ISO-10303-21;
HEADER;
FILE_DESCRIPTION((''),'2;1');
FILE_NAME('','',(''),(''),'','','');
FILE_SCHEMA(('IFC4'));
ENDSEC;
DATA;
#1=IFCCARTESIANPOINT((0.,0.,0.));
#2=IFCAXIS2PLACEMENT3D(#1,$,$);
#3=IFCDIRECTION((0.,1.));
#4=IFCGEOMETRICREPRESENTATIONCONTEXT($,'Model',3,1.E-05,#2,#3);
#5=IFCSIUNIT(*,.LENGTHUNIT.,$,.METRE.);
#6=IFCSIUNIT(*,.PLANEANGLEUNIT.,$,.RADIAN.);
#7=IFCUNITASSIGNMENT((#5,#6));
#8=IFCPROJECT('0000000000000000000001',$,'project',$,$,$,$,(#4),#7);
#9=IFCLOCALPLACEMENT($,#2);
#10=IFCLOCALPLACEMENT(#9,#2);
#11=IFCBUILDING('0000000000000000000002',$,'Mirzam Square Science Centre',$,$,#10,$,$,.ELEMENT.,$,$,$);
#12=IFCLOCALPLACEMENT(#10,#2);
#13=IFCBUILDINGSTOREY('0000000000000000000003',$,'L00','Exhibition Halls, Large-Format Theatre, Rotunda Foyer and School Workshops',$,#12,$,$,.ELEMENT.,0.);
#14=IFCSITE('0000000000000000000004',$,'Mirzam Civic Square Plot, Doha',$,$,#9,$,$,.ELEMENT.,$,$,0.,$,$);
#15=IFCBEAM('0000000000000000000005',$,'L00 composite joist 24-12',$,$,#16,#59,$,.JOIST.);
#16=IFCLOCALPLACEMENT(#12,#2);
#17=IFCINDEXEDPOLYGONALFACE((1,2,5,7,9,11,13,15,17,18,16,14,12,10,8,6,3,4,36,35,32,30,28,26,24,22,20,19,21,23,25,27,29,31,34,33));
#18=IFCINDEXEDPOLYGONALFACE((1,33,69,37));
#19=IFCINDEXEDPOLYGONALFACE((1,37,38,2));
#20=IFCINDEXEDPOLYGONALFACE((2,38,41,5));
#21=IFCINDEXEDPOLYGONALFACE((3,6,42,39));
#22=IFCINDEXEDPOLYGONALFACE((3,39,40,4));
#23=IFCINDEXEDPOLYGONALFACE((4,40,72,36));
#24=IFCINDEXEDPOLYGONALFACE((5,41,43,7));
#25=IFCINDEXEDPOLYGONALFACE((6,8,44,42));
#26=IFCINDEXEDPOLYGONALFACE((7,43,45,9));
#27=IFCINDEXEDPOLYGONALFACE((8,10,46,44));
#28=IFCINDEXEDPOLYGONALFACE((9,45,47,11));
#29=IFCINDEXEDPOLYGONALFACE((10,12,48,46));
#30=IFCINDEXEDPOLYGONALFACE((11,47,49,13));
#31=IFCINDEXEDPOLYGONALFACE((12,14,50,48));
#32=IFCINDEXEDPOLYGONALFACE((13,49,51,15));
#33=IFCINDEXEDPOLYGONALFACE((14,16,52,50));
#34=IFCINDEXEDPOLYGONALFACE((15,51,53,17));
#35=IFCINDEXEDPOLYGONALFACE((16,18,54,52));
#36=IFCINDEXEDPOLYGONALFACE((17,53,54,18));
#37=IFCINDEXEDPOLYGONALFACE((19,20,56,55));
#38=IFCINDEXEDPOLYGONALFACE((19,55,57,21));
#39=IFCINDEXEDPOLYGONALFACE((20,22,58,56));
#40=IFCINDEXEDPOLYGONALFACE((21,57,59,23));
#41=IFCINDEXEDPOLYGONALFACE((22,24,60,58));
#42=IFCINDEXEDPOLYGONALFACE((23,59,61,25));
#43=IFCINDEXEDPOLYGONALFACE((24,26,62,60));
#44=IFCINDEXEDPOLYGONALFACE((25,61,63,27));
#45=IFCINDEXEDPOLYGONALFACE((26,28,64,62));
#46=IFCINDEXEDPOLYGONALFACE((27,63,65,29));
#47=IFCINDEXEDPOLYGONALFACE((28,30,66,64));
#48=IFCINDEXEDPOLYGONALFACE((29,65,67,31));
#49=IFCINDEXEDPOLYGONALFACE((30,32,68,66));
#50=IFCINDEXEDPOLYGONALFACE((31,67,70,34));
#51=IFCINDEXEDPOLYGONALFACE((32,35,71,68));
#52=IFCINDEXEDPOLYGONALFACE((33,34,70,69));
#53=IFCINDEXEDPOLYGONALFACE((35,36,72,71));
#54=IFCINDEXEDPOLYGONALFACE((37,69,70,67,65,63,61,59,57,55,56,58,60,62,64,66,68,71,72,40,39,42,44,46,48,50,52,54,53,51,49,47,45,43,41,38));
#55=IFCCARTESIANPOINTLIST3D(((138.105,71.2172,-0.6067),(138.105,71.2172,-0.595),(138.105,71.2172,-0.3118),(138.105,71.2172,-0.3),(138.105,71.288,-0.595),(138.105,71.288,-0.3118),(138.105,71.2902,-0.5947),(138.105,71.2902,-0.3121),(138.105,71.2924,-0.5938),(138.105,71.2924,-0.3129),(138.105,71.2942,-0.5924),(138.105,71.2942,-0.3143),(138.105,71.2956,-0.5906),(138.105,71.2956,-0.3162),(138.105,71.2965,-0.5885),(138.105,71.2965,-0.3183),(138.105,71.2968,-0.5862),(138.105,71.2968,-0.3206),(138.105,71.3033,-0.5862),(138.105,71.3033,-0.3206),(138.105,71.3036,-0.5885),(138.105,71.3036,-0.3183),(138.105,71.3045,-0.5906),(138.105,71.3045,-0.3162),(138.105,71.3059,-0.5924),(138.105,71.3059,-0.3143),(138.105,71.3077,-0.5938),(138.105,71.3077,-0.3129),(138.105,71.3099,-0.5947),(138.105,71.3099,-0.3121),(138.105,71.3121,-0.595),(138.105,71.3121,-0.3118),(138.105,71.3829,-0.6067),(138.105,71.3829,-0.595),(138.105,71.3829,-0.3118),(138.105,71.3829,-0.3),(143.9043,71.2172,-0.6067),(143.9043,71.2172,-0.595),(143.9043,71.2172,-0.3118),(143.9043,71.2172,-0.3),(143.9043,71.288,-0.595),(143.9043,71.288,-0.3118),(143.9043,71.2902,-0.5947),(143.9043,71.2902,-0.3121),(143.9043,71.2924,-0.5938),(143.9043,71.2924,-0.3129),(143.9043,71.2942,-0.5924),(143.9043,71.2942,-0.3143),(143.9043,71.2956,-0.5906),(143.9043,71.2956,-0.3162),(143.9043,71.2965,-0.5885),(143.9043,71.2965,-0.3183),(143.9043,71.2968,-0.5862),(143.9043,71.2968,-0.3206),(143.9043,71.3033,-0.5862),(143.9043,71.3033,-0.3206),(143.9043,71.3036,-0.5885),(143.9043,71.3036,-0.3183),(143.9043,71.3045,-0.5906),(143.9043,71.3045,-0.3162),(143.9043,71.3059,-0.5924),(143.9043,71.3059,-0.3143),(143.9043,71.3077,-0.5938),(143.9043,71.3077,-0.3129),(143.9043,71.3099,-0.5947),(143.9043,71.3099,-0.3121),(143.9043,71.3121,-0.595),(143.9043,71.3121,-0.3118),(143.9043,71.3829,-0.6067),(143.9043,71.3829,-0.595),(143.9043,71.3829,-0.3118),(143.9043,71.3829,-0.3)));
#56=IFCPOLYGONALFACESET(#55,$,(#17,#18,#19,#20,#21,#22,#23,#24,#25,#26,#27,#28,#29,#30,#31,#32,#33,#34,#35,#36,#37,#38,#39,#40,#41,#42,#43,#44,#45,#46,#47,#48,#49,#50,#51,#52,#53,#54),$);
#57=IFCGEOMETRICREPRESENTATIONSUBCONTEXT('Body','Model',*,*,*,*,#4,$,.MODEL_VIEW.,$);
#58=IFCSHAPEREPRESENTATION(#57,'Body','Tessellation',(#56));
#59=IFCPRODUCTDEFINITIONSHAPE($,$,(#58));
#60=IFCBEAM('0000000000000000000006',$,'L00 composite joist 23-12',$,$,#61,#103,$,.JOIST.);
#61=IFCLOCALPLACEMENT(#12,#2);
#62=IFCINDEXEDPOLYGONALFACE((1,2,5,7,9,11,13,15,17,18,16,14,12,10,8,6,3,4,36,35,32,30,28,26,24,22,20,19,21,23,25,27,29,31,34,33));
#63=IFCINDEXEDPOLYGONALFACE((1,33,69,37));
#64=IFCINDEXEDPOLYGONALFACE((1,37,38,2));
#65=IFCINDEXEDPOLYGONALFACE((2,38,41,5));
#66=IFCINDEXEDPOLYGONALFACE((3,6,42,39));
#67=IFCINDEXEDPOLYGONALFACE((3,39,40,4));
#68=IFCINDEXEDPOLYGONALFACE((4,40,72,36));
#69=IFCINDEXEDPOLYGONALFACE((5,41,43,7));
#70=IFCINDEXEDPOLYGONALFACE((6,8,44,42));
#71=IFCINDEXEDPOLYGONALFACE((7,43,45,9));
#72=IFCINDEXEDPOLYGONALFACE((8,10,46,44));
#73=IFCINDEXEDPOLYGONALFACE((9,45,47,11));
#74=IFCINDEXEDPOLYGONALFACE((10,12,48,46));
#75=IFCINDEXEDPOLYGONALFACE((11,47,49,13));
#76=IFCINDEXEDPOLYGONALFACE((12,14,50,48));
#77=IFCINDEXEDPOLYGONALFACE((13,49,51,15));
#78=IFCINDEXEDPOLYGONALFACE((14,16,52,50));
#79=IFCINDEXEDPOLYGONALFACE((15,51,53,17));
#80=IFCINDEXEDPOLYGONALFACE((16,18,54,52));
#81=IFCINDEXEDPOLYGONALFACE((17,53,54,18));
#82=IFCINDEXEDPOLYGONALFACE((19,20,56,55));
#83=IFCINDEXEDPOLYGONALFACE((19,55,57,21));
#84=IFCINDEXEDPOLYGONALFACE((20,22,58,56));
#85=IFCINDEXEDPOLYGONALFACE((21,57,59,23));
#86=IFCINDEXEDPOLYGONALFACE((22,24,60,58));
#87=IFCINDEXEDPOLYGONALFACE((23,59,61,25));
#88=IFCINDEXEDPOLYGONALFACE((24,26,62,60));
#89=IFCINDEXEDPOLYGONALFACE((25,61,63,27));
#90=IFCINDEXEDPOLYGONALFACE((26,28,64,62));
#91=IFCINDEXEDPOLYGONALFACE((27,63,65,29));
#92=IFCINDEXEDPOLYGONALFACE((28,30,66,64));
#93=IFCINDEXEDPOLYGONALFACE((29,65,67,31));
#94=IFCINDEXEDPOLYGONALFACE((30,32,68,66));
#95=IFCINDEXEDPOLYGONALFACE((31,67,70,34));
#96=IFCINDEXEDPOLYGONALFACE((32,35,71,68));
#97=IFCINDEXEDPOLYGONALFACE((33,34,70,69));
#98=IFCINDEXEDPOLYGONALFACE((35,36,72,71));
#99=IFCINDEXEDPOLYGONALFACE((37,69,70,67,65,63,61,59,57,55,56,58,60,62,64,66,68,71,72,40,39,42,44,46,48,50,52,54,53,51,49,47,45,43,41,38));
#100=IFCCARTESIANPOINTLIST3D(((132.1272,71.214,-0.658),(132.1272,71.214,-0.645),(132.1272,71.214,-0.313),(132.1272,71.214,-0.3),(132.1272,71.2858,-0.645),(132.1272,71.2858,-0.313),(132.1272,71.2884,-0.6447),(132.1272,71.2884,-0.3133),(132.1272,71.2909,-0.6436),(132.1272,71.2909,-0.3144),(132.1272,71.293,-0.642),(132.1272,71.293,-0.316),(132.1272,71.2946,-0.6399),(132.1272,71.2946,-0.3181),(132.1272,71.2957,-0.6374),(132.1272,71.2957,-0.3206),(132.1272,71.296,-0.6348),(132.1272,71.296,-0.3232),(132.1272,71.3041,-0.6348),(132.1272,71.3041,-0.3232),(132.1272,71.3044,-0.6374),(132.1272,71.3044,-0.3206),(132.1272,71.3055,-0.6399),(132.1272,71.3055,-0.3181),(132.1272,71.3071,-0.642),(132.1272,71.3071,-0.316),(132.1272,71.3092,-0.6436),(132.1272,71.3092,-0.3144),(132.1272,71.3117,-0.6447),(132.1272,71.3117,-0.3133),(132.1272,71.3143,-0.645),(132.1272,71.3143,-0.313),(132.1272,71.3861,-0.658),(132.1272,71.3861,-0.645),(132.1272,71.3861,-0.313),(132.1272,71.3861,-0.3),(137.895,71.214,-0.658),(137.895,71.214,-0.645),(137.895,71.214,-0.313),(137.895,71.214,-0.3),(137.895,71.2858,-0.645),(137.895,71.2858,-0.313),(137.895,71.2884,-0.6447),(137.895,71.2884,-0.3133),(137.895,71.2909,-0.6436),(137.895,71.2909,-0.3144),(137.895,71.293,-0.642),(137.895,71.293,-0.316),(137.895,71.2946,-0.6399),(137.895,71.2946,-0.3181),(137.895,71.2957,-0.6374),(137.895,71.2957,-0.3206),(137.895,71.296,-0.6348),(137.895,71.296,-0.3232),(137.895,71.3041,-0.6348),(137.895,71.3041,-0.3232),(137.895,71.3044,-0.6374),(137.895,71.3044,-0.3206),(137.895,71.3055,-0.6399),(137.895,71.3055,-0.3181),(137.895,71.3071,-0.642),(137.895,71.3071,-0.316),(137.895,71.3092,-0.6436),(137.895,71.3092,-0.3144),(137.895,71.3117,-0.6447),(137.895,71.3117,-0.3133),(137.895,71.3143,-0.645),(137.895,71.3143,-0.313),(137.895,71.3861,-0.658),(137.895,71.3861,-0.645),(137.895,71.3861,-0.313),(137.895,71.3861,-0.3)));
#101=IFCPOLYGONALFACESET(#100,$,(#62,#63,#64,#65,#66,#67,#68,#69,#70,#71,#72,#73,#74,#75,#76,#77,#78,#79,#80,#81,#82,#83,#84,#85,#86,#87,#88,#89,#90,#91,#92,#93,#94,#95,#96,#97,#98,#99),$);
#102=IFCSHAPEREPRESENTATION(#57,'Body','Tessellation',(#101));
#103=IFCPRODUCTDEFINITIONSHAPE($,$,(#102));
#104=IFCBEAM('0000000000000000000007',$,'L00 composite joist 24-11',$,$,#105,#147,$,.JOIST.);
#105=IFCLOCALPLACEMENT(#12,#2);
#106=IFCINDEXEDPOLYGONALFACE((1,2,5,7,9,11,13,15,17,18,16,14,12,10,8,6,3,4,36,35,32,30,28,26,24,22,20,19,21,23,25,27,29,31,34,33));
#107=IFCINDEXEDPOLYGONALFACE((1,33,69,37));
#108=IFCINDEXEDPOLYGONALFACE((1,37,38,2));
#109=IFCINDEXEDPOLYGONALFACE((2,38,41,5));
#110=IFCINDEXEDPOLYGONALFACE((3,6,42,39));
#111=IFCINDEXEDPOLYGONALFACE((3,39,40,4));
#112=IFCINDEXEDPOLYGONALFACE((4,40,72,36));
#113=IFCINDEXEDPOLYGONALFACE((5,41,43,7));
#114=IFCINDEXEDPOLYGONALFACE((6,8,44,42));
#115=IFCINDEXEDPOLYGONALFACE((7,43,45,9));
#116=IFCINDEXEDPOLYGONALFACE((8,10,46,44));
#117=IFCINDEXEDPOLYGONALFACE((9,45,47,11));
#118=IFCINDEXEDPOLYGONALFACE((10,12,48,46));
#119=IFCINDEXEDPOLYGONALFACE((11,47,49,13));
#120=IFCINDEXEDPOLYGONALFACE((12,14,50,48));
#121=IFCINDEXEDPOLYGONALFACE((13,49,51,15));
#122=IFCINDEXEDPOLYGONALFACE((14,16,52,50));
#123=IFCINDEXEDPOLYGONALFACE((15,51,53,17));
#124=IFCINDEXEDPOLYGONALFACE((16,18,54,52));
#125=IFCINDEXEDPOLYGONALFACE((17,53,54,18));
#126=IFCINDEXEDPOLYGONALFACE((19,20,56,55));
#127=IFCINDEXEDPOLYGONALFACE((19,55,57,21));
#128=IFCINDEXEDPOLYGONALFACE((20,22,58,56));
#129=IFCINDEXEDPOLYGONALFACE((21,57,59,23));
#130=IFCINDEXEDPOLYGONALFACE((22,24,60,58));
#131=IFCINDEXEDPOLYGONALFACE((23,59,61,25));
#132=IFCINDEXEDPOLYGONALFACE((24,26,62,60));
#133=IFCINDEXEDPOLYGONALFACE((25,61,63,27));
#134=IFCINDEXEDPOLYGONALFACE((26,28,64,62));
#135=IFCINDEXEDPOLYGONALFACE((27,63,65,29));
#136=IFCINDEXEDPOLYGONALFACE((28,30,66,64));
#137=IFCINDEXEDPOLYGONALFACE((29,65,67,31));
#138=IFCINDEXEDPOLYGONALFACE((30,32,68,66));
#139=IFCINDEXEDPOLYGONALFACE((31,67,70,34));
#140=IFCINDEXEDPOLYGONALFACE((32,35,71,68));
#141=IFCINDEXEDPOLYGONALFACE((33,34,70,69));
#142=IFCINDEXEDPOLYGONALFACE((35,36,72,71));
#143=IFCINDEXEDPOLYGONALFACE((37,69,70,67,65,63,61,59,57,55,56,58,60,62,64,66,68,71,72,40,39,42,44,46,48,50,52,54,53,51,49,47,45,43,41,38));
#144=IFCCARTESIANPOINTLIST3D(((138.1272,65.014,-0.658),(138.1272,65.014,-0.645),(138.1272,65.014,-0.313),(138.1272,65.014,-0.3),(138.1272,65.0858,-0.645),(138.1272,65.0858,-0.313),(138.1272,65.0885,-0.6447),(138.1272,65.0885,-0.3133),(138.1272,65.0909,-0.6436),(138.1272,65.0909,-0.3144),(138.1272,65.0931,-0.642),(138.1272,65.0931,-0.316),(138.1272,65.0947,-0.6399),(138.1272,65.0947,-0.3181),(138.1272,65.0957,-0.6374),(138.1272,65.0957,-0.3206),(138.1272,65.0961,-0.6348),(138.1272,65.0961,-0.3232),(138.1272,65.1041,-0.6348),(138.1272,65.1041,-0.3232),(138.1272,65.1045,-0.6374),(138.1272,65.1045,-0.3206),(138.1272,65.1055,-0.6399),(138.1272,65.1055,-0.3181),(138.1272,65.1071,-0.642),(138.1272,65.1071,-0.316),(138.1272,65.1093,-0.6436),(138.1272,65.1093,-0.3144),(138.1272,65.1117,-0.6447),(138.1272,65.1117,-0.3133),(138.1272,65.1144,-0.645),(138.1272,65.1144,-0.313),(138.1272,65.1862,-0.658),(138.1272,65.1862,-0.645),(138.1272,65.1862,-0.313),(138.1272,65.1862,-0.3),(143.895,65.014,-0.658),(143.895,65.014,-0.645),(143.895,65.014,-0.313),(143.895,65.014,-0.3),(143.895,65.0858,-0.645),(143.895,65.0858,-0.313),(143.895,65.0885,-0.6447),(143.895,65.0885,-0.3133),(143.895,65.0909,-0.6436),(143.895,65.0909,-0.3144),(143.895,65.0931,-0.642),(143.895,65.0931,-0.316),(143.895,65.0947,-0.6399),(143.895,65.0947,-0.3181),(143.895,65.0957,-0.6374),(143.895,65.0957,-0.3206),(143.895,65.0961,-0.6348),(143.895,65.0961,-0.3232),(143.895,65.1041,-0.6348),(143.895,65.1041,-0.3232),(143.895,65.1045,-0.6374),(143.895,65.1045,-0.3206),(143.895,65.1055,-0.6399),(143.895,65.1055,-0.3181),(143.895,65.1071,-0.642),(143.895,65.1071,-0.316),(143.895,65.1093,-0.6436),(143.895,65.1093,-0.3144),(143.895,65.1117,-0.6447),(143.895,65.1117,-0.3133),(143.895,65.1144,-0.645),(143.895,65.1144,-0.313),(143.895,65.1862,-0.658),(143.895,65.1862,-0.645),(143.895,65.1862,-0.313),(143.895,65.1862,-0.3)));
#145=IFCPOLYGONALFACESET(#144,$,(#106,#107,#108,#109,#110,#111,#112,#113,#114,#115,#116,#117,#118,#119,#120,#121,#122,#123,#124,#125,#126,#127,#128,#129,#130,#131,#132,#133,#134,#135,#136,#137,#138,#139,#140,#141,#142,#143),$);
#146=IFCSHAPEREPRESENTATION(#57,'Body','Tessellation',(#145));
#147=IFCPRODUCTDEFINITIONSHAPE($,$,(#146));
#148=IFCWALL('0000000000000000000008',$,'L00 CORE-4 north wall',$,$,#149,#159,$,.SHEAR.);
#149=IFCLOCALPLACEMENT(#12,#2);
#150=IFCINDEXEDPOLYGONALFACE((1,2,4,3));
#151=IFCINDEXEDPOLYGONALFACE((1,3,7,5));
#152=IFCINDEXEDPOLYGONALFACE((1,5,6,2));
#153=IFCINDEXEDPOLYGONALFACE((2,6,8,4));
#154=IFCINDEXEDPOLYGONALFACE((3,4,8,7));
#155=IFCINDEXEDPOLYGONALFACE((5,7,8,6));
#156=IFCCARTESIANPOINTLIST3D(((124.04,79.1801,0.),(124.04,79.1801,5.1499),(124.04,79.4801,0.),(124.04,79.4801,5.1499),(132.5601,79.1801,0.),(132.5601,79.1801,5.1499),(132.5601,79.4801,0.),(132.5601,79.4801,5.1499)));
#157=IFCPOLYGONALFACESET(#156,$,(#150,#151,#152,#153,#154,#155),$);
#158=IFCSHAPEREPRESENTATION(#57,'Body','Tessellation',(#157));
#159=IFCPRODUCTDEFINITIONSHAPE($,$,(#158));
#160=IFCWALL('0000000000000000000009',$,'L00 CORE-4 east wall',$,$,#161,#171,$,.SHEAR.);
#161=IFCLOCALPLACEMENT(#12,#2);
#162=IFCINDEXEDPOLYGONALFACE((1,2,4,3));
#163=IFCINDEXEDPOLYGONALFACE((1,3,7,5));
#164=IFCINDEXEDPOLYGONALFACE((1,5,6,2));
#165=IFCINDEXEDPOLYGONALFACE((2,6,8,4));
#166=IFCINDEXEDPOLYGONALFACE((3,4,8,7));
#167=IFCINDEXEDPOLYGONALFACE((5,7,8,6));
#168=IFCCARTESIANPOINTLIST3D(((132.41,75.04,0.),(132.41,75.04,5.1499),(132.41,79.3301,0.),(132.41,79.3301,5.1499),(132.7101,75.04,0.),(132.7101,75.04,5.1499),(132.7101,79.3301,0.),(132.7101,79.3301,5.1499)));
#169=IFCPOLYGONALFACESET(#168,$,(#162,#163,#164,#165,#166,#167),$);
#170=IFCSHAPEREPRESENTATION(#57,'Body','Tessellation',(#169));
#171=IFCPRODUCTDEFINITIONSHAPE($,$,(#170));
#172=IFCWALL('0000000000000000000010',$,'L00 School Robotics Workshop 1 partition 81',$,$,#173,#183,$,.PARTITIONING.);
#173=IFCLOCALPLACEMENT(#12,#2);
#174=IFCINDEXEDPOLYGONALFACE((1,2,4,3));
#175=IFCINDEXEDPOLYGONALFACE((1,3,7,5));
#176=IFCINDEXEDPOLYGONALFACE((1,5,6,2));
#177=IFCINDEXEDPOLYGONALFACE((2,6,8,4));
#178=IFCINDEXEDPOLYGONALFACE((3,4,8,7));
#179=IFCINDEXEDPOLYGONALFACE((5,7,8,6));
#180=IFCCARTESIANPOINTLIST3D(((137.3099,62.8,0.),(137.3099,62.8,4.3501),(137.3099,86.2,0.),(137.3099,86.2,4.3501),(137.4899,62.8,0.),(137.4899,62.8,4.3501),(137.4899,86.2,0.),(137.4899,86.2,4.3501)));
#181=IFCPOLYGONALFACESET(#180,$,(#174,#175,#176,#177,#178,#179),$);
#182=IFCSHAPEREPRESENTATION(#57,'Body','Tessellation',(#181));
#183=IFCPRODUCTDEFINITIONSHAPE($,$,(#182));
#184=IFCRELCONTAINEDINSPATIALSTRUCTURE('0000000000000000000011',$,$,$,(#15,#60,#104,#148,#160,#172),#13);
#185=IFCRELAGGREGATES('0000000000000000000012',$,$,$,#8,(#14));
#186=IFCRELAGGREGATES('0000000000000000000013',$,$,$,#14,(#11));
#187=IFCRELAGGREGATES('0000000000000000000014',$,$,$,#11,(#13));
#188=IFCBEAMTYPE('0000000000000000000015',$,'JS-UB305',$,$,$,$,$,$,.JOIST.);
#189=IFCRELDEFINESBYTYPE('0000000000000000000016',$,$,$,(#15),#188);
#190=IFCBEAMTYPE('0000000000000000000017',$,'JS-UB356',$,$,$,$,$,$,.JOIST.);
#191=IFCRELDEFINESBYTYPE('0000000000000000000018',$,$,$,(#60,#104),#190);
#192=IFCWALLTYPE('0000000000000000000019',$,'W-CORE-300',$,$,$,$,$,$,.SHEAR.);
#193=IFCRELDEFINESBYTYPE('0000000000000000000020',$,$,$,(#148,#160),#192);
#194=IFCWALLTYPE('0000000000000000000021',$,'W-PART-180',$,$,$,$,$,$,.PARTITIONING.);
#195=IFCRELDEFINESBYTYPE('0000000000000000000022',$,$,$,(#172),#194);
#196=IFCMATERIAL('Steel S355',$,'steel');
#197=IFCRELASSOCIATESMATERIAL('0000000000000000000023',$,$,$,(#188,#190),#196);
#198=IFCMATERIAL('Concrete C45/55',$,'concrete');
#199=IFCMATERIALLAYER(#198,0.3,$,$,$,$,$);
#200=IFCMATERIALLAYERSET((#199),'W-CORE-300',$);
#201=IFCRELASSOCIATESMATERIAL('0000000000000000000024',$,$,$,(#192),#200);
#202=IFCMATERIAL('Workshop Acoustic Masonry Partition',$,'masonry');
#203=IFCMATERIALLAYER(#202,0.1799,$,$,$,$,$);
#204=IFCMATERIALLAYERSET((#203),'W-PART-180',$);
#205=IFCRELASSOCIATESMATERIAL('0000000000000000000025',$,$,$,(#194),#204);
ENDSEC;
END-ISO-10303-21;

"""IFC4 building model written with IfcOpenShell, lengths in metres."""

from ifc_helpers import new_model, si_unit, direction, frame, frame_2d, origin, origin_2d, place, context, subcontext, project, spatial, rectangle, i_section, extrude, material, layer, layer_set, material_profile, profile_set, type_object, element, save


model = new_model("IFC4")

# Units and contexts
model_context = context("Model", 3, precision=1e-05, world=origin(), true_north=direction((0.0, 1.0)))
body_context = subcontext(model_context, "Body", "Model", "MODEL_VIEW")
ifc_project = project(units=[si_unit("LENGTHUNIT", "METRE"), si_unit("PLANEANGLEUNIT", "RADIAN")], contexts=[model_context])

# Site, building, storey
site_placement = place(None, origin())
site = spatial("IfcSite", under=ifc_project, at=site_placement, Name="Mirzam Civic Square Plot, Doha", CompositionType="ELEMENT", RefElevation=0.0)
building_placement = place(site_placement, origin())
building = spatial("IfcBuilding", under=site, at=building_placement, Name="Mirzam Square Science Centre", CompositionType="ELEMENT")
storey_placement = place(building_placement, origin())
storey = spatial("IfcBuildingStorey", under=building, at=storey_placement, Name="L00", Description="Exhibition Halls, Large-Format Theatre, Rotunda Foyer and School Workshops", CompositionType="ELEMENT", Elevation=0.0)

# Shared definitions
ifc_material_1 = material(Name="Steel S355", Category="steel")

# Beams
ifc_material_profile_1 = material_profile(ifc_material_1, i_section(OverallWidth=0.1658, OverallDepth=0.3066, WebThickness=0.0066, FlangeThickness=0.0117, FilletRadius=0.0088, at=origin_2d()), Name="305x165x46UB")
ifc_profile_set_1 = profile_set([ifc_material_profile_1], Name="Steel S355")
beam_type_1 = type_object("IfcBeamType", Name="JS-UB305", PredefinedType="JOIST", material=ifc_profile_set_1)
beam_1_placement = place(storey_placement, frame((138.105, 71.3, -0.4534), z_axis=(1.0, 0.0, 0.0), x_axis=(0.0, 1.0, 0.0)))
element("IfcBeam", 1, at=beam_1_placement, inside=storey, type_object=beam_type_1, Name="L00 composite joist 24-12", PredefinedType="JOIST", context=body_context, shape_type="SweptSolid", body=[
    extrude(i_section(OverallWidth=0.1658, OverallDepth=0.3066, WebThickness=0.0066, FlangeThickness=0.0117, FilletRadius=0.0088, at=origin_2d()), origin(), (0.0, 0.0, 1.0), 5.7993),
])
ifc_material_profile_2 = material_profile(ifc_material_1, i_section(OverallWidth=0.1721, OverallDepth=0.3579, WebThickness=0.0081, FlangeThickness=0.0129, FilletRadius=0.0103, at=origin_2d()), Name="356x171x57UB")
ifc_profile_set_2 = profile_set([ifc_material_profile_2], Name="Steel S355")
beam_type_2 = type_object("IfcBeamType", Name="JS-UB356", PredefinedType="JOIST", material=ifc_profile_set_2)
for number, where, z_axis, x_axis, name in (
    (2, (132.1272, 71.3, -0.479), (1.0, 0.0, 0.0), (0.0, 1.0, 0.0), "L00 composite joist 23-12"),
    (3, (138.1272, 65.1001, -0.479), (1.0, 0.0, 0.0), (0.0, 1.0, 0.0), "L00 composite joist 24-11"),
):
    element("IfcBeam", number, at=place(storey_placement, frame(where, z_axis=z_axis, x_axis=x_axis)), inside=storey, type_object=beam_type_2, Name=name, PredefinedType="JOIST", context=body_context, shape_type="SweptSolid", body=[
        extrude(i_section(OverallWidth=0.1721, OverallDepth=0.3579, WebThickness=0.0081, FlangeThickness=0.0129, FilletRadius=0.0103, at=origin_2d()), origin(), (0.0, 0.0, 1.0), 5.7678),
    ])

# Walls
ifc_material_2 = material(Name="Concrete C45/55", Category="concrete")
ifc_layer_1 = layer(ifc_material_2, 0.3)
ifc_layer_set_1 = layer_set([ifc_layer_1], Name="W-CORE-300")
wall_type_1 = type_object("IfcWallType", Name="W-CORE-300", PredefinedType="SHEAR", material=ifc_layer_set_1)
wall_1_placement = place(storey_placement, frame((132.5601, 79.3301, 0.0), z_axis=(0.0, 0.0, 1.0), x_axis=(-1.0, 0.0, 0.0)))
element("IfcWall", 4, at=wall_1_placement, inside=storey, type_object=wall_type_1, Name="L00 CORE-4 north wall", PredefinedType="SHEAR", context=body_context, shape_type="SweptSolid", body=[
    extrude(rectangle(XDim=8.52, YDim=0.3, at=frame_2d((4.26, 0.0))), origin(), (0.0, 0.0, 1.0), 5.1499),
])
wall_2_placement = place(storey_placement, frame((132.5601, 75.04, 0.0), z_axis=(0.0, 0.0, 1.0), x_axis=(0.0, 1.0, 0.0)))
element("IfcWall", 5, at=wall_2_placement, inside=storey, type_object=wall_type_1, Name="L00 CORE-4 east wall", PredefinedType="SHEAR", context=body_context, shape_type="SweptSolid", body=[
    extrude(rectangle(XDim=4.29, YDim=0.3, at=frame_2d((2.145, 0.0))), origin(), (0.0, 0.0, 1.0), 5.1499),
])
ifc_material_3 = material(Name="Workshop Acoustic Masonry Partition", Category="masonry")
ifc_layer_2 = layer(ifc_material_3, 0.1799)
ifc_layer_set_2 = layer_set([ifc_layer_2], Name="W-PART-180")
wall_type_2 = type_object("IfcWallType", Name="W-PART-180", PredefinedType="PARTITIONING", material=ifc_layer_set_2)
wall_3_placement = place(storey_placement, frame((137.3999, 62.8, 0.0), z_axis=(0.0, 0.0, 1.0), x_axis=(0.0, 1.0, 0.0)))
element("IfcWall", 6, at=wall_3_placement, inside=storey, type_object=wall_type_2, Name="L00 School Robotics Workshop 1 partition 81", PredefinedType="PARTITIONING", context=body_context, shape_type="SweptSolid", body=[
    extrude(rectangle(XDim=23.3999, YDim=0.1799, at=frame_2d((11.7, 0.0))), origin(), (0.0, 0.0, 1.0), 4.3501),
])

save(model, "model.ifc")
